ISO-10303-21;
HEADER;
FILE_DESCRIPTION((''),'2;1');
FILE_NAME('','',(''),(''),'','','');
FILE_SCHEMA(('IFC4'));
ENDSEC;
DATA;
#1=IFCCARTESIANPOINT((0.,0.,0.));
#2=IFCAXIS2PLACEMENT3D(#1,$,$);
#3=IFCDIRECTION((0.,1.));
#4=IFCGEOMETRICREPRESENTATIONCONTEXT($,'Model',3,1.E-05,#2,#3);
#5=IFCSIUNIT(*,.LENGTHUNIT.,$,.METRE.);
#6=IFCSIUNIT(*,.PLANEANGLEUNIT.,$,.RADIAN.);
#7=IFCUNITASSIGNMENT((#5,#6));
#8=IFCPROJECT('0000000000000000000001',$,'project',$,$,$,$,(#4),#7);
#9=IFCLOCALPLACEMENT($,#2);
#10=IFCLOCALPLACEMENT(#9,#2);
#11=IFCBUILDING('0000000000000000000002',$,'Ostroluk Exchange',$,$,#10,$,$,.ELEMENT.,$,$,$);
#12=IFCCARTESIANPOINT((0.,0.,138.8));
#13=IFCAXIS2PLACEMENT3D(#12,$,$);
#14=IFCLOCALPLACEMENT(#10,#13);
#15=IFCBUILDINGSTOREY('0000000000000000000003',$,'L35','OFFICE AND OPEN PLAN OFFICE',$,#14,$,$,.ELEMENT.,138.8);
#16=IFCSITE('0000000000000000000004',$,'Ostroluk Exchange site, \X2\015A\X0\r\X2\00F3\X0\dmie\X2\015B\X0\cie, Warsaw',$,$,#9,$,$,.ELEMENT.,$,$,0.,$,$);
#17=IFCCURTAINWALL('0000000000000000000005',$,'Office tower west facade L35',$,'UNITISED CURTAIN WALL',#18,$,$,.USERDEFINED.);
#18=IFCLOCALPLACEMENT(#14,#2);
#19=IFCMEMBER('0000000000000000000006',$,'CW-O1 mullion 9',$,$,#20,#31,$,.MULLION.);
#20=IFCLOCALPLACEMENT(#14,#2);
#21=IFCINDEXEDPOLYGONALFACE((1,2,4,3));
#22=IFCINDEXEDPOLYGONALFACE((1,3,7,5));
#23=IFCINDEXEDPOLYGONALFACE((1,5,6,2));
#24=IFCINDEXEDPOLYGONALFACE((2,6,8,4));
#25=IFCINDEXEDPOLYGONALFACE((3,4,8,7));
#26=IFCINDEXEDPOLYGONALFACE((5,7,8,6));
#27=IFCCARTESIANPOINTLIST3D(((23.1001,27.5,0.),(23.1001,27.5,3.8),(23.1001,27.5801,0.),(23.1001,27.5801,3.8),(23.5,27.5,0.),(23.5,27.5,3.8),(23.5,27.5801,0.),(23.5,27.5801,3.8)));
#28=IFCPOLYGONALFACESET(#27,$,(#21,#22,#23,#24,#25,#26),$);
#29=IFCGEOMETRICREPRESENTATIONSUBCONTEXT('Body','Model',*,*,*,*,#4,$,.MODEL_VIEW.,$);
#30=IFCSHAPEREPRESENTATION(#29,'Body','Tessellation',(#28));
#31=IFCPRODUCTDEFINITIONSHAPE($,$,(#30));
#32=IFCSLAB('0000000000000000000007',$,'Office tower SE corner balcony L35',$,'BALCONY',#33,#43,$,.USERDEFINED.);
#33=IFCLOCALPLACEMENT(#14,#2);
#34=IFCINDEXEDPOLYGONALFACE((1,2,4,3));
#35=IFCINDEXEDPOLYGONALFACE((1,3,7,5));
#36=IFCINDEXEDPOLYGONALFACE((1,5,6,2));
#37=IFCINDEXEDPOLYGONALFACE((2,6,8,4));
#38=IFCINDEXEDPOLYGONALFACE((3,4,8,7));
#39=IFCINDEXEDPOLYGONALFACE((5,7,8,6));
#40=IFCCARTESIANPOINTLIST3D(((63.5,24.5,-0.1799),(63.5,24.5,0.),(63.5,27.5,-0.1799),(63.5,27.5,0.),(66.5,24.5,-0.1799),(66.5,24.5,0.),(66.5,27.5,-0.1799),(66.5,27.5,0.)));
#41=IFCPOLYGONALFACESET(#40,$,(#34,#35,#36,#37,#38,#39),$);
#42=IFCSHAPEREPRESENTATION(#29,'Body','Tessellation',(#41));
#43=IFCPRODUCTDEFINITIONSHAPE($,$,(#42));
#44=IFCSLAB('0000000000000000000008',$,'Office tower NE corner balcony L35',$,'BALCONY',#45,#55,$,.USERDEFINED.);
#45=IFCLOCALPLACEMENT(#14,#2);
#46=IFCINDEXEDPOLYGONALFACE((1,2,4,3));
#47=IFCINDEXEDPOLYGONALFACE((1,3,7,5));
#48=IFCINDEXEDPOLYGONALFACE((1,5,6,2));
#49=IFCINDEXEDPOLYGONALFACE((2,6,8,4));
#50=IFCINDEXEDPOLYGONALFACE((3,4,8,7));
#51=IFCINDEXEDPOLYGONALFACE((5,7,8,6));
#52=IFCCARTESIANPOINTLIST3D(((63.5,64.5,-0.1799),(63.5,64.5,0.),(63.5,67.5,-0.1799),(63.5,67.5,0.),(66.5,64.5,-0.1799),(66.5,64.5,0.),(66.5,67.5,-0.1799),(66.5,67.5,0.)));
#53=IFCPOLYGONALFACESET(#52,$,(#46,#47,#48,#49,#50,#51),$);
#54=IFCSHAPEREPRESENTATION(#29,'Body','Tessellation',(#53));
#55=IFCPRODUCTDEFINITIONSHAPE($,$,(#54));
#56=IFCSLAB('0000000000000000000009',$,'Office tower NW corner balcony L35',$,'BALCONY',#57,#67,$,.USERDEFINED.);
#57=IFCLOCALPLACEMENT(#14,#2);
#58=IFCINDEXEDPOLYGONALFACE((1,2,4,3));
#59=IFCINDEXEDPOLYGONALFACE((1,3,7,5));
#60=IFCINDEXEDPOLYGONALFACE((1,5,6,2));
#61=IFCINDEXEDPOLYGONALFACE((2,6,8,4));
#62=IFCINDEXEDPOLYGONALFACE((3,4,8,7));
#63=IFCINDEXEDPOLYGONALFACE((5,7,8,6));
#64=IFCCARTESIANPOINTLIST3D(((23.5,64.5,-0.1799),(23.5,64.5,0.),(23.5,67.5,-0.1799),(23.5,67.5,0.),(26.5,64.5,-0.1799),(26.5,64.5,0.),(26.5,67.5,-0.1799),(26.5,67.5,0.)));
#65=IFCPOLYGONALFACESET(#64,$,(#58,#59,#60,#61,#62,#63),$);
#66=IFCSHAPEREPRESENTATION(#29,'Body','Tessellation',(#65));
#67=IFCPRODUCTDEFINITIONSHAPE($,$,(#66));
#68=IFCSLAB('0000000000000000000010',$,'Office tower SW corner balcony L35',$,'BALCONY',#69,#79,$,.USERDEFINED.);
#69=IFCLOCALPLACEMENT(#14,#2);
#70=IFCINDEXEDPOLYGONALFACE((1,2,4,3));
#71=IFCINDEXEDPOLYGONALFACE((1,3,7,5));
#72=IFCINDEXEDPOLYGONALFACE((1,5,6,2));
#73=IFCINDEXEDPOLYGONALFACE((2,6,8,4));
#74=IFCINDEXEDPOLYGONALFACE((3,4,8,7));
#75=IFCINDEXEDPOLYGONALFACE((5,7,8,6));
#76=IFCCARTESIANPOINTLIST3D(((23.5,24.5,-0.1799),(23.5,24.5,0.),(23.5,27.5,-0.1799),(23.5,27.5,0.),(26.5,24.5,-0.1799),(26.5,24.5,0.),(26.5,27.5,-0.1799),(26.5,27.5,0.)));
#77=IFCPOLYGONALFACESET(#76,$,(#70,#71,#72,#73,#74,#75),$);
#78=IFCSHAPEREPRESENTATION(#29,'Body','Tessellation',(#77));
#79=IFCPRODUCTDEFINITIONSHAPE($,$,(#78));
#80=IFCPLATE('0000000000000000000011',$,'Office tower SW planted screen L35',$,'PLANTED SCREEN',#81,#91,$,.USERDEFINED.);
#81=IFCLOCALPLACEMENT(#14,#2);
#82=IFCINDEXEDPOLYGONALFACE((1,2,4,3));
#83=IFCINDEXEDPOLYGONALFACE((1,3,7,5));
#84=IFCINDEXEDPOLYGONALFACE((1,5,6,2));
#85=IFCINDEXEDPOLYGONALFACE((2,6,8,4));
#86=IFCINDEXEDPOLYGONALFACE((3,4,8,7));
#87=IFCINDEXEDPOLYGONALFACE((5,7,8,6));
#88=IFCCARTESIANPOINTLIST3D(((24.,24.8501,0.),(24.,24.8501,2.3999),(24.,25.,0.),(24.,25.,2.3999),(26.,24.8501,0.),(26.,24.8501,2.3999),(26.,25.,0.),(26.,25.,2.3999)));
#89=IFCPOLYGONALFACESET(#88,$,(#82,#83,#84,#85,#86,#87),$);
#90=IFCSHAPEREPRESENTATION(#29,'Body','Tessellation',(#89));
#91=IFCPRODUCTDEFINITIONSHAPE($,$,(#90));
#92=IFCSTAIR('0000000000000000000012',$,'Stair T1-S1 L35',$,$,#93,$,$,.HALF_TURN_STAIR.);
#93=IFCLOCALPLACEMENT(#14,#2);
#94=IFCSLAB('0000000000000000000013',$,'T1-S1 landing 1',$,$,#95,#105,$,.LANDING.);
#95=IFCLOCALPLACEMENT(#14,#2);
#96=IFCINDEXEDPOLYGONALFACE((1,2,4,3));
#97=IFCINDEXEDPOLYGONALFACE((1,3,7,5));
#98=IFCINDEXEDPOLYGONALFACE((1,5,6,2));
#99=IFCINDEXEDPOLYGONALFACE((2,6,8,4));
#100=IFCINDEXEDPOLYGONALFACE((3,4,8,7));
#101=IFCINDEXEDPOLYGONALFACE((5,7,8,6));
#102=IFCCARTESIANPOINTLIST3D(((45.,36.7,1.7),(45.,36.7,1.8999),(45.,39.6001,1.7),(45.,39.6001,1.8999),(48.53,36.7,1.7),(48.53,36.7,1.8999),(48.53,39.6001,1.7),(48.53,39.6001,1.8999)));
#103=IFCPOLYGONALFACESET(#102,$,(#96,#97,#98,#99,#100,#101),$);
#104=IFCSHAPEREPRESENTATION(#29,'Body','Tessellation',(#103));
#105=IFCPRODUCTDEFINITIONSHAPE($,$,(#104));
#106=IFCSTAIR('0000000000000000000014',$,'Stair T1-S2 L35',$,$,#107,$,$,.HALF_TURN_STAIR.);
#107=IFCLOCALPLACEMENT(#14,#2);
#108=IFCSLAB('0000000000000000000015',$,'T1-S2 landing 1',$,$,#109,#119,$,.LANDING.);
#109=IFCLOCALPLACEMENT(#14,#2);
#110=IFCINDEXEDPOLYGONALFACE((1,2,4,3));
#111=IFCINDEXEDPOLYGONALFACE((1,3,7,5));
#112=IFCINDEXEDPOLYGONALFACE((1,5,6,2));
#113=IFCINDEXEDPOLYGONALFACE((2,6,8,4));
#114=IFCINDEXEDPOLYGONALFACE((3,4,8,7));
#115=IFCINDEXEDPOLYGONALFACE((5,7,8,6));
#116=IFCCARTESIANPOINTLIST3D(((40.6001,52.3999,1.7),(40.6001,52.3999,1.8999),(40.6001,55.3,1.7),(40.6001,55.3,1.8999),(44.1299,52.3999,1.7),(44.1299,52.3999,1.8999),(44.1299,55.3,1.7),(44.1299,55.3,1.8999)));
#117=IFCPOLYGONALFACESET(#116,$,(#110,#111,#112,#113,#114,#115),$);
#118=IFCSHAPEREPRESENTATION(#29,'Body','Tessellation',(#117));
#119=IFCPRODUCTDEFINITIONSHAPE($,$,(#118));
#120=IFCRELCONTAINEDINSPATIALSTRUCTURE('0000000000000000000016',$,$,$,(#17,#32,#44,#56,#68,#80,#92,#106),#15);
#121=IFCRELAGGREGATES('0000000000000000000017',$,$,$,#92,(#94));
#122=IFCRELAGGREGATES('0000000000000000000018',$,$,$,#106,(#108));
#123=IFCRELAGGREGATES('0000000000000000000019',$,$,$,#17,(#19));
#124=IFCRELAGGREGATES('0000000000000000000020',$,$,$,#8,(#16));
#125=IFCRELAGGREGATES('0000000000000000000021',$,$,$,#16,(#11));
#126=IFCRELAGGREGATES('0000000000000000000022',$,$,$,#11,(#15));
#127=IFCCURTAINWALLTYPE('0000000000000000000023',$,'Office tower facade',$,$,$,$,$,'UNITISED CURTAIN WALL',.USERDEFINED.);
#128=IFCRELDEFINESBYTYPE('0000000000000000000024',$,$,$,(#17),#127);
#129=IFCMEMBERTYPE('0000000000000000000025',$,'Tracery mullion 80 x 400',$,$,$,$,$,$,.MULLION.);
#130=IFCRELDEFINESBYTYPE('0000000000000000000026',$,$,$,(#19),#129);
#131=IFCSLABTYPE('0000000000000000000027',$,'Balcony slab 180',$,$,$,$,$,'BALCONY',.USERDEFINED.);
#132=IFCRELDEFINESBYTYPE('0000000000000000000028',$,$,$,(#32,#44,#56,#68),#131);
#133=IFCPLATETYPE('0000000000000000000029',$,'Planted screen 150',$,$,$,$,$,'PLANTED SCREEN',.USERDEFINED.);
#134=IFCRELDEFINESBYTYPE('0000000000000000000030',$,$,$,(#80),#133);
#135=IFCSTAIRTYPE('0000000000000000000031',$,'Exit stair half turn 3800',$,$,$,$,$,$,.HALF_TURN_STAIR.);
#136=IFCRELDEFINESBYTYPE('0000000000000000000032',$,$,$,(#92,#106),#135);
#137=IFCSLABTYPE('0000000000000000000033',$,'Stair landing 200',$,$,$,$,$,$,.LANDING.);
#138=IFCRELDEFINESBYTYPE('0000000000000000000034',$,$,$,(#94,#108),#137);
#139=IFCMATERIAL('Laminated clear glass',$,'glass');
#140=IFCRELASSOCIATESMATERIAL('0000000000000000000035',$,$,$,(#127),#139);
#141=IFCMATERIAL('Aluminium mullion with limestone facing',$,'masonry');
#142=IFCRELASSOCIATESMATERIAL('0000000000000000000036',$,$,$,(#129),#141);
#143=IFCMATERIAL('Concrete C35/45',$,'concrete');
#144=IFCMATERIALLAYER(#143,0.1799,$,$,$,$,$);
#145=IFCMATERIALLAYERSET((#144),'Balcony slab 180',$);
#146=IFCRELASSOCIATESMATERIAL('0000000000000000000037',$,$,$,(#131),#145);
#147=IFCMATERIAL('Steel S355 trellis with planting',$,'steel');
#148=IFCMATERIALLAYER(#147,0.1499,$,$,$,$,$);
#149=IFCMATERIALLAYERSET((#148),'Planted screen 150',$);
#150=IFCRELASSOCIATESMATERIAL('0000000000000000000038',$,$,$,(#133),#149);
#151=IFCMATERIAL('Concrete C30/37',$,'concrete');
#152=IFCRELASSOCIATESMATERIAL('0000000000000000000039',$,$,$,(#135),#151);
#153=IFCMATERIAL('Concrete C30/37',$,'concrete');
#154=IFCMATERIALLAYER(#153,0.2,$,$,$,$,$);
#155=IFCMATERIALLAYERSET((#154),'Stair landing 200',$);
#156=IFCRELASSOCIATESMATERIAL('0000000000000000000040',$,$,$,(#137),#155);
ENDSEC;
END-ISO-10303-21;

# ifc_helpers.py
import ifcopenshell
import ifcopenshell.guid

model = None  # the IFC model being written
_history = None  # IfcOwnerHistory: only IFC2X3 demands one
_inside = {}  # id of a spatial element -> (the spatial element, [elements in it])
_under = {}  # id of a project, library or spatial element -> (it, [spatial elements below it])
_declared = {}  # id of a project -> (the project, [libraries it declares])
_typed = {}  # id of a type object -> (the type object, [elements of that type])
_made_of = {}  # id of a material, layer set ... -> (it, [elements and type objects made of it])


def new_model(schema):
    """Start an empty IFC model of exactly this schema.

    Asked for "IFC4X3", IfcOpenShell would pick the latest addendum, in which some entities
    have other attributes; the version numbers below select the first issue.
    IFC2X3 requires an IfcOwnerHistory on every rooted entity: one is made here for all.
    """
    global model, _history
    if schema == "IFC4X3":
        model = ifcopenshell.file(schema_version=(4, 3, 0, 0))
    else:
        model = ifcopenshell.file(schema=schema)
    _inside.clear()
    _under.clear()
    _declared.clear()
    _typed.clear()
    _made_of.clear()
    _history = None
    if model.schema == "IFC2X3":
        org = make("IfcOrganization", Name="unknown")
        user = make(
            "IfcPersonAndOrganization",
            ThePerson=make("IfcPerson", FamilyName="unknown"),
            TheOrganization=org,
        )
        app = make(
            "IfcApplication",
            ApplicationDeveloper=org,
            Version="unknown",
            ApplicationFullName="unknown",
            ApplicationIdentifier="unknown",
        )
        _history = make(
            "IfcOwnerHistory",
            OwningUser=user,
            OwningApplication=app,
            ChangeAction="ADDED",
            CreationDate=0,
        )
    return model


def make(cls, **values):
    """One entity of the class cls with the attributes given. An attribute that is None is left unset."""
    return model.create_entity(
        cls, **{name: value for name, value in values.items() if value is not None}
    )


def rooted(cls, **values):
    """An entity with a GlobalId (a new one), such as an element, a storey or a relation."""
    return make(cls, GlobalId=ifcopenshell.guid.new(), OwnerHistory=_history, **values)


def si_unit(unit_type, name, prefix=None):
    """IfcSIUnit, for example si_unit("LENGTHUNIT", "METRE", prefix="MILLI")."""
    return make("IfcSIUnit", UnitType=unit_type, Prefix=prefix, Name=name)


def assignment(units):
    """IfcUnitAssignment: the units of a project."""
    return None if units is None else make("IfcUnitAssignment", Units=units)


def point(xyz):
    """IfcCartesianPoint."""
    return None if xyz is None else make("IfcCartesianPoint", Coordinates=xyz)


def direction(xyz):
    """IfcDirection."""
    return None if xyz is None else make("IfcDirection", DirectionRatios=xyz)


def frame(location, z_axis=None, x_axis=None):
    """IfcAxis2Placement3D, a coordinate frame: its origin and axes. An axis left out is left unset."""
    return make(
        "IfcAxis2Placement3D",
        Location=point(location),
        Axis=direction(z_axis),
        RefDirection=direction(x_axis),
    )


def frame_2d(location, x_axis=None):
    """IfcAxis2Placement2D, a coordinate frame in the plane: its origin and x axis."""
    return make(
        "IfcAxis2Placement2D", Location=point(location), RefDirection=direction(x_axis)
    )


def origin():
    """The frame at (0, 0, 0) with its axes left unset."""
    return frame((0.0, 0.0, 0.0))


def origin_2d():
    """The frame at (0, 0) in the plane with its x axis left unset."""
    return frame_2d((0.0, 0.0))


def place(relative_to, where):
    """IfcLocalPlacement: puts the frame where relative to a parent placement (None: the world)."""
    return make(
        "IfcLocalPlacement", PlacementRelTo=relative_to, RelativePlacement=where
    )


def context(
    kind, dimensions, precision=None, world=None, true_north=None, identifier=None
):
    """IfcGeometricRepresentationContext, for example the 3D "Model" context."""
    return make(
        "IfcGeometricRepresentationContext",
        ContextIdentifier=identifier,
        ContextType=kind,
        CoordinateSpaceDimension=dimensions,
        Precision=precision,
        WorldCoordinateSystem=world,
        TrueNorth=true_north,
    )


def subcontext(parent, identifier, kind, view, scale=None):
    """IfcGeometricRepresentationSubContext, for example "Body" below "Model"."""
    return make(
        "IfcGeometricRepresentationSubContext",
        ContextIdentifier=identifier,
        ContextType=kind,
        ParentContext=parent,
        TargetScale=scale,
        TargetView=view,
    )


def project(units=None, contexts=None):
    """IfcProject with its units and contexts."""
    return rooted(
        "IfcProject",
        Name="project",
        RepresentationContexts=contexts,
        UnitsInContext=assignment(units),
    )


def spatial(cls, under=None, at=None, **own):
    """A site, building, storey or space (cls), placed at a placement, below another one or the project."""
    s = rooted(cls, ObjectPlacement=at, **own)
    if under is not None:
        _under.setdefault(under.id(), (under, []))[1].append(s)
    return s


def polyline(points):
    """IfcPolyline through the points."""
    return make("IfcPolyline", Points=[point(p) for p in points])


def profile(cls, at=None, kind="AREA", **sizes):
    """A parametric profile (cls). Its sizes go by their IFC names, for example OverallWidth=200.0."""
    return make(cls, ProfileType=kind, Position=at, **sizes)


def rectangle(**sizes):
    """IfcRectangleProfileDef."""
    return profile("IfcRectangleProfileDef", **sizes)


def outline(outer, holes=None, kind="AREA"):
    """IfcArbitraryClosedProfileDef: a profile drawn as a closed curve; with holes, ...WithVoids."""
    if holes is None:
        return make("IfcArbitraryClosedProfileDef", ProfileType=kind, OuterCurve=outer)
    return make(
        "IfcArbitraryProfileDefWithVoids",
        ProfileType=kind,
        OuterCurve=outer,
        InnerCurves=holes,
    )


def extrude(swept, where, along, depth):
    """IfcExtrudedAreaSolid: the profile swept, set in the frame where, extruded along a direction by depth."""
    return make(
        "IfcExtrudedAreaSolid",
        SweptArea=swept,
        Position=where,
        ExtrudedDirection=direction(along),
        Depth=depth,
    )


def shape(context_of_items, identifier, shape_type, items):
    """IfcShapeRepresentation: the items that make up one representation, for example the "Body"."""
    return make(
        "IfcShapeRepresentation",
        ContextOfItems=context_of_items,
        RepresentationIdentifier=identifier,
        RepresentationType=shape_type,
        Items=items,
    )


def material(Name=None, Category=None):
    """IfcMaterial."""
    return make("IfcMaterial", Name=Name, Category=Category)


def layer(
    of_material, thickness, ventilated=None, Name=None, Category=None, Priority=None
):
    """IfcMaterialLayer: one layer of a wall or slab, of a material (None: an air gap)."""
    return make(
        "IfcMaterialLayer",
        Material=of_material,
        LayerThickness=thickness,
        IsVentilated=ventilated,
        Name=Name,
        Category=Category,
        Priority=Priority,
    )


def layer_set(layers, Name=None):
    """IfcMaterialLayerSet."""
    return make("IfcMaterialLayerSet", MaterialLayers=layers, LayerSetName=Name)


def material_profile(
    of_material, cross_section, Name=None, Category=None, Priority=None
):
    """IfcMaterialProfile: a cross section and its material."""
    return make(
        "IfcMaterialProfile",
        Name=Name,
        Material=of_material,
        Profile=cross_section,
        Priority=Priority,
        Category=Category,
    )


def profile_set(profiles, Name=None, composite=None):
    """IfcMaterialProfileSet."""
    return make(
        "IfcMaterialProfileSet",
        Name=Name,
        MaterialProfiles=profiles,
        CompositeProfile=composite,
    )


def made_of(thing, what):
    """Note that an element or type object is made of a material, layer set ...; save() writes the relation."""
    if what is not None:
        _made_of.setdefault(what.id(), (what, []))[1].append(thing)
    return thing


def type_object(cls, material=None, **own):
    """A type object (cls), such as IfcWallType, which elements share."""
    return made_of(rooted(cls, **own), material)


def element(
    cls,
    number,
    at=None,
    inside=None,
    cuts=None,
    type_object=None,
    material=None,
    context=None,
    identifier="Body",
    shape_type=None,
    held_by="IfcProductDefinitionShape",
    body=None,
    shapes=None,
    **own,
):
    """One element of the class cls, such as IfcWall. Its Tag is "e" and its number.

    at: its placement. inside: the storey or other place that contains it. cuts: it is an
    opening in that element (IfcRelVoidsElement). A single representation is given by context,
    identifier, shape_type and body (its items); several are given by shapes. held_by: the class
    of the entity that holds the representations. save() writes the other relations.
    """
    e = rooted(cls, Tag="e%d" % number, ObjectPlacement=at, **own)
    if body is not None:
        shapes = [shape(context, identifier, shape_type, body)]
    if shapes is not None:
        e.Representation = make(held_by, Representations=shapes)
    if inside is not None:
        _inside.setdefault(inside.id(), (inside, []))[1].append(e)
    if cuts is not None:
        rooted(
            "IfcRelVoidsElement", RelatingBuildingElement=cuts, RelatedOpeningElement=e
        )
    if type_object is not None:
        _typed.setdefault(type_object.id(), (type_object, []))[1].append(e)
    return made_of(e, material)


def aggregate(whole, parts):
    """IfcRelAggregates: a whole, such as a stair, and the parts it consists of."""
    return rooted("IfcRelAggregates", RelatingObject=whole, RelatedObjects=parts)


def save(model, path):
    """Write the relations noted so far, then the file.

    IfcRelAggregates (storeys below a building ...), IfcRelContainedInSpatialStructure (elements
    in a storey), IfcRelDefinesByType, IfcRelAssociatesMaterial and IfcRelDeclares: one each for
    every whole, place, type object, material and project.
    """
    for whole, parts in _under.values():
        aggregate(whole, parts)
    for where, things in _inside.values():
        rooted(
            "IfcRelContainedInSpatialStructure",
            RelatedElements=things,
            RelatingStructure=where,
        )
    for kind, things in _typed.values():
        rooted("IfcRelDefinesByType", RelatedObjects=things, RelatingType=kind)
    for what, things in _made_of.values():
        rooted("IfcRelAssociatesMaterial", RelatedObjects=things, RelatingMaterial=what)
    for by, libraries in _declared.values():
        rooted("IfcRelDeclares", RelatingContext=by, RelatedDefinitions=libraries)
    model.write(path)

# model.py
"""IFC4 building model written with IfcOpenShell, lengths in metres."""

from ifc_helpers import new_model, si_unit, direction, frame, origin, origin_2d, place, context, subcontext, project, spatial, polyline, rectangle, outline, extrude, material, layer, layer_set, material_profile, profile_set, type_object, element, aggregate, save


model = new_model("IFC4")

# Units and contexts
model_context = context("Model", 3, precision=1e-05, world=origin(), true_north=direction((0.0, 1.0)))
body_context = subcontext(model_context, "Body", "Model", "MODEL_VIEW")
ifc_project = project(units=[si_unit("LENGTHUNIT", "METRE"), si_unit("PLANEANGLEUNIT", "RADIAN")], contexts=[model_context])

# Site, building, storey
site_placement = place(None, origin())
site = spatial("IfcSite", under=ifc_project, at=site_placement, Name="Ostroluk Exchange site, Śródmieście, Warsaw", CompositionType="ELEMENT", RefElevation=0.0)
building_placement = place(site_placement, origin())
building = spatial("IfcBuilding", under=site, at=building_placement, Name="Ostroluk Exchange", CompositionType="ELEMENT")
storey_placement = place(building_placement, frame((0.0, 0.0, 138.8)))
storey = spatial("IfcBuildingStorey", under=building, at=storey_placement, Name="L35", Description="OFFICE AND OPEN PLAN OFFICE", CompositionType="ELEMENT", Elevation=138.8)

# Curtain wall
ifc_material_1 = material(Name="Laminated clear glass", Category="glass")
curtain_wall_type = type_object("IfcCurtainWallType", Name="Office tower facade", ElementType="UNITISED CURTAIN WALL", PredefinedType="USERDEFINED", material=ifc_material_1)
curtain_wall_1_placement = place(storey_placement, origin())
curtain_wall_1 = element("IfcCurtainWall", 1, at=curtain_wall_1_placement, inside=storey, type_object=curtain_wall_type, Name="Office tower west facade L35", ObjectType="UNITISED CURTAIN WALL", PredefinedType="USERDEFINED")

# Member
ifc_material_2 = material(Name="Aluminium mullion with limestone facing", Category="masonry")
ifc_material_profile_1 = material_profile(ifc_material_2, rectangle(XDim=0.3999, YDim=0.0801, at=origin_2d()), Name="Tracery mullion 80 x 400")
ifc_profile_set_1 = profile_set([ifc_material_profile_1], Name="Aluminium mullion with limestone facing")
member_type_1 = type_object("IfcMemberType", Name="Tracery mullion 80 x 400", PredefinedType="MULLION", material=ifc_profile_set_1)
member_1_placement = place(storey_placement, frame((23.3, 27.54, 0.0), z_axis=(0.0, 0.0, 1.0), x_axis=(1.0, 0.0, 0.0)))
member_1 = element("IfcMember", 2, at=member_1_placement, type_object=member_type_1, Name="CW-O1 mullion 9", PredefinedType="MULLION", context=body_context, shape_type="SweptSolid", body=[
    extrude(rectangle(XDim=0.3999, YDim=0.0801, at=origin_2d()), origin(), (0.0, 0.0, 1.0), 3.8),
])

# Slabs
ifc_material_3 = material(Name="Concrete C35/45", Category="concrete")
ifc_layer_1 = layer(ifc_material_3, 0.1799)
ifc_layer_set_1 = layer_set([ifc_layer_1], Name="Balcony slab 180")
slab_type_1 = type_object("IfcSlabType", Name="Balcony slab 180", ElementType="BALCONY", PredefinedType="USERDEFINED", material=ifc_layer_set_1)
slab_1_placement = place(storey_placement, frame((0.0, 0.0, -0.1799)))
element("IfcSlab", 3, at=slab_1_placement, inside=storey, type_object=slab_type_1, Name="Office tower SE corner balcony L35", ObjectType="BALCONY", PredefinedType="USERDEFINED", context=body_context, shape_type="SweptSolid", body=[
    extrude(outline(polyline([(63.5, 24.5), (66.5, 24.5), (66.5, 27.5), (63.5, 27.5), (63.5, 24.5)])), origin(), (0.0, 0.0, 1.0), 0.1799),
])
slab_2_placement = place(storey_placement, frame((0.0, 0.0, -0.1799)))
element("IfcSlab", 4, at=slab_2_placement, inside=storey, type_object=slab_type_1, Name="Office tower NE corner balcony L35", ObjectType="BALCONY", PredefinedType="USERDEFINED", context=body_context, shape_type="SweptSolid", body=[
    extrude(outline(polyline([(63.5, 64.5), (66.5, 64.5), (66.5, 67.5), (63.5, 67.5), (63.5, 64.5)])), origin(), (0.0, 0.0, 1.0), 0.1799),
])
slab_3_placement = place(storey_placement, frame((0.0, 0.0, -0.1799)))
element("IfcSlab", 5, at=slab_3_placement, inside=storey, type_object=slab_type_1, Name="Office tower NW corner balcony L35", ObjectType="BALCONY", PredefinedType="USERDEFINED", context=body_context, shape_type="SweptSolid", body=[
    extrude(outline(polyline([(23.5, 64.5), (26.5, 64.5), (26.5, 67.5), (23.5, 67.5), (23.5, 64.5)])), origin(), (0.0, 0.0, 1.0), 0.1799),
])
slab_4_placement = place(storey_placement, frame((0.0, 0.0, -0.1799)))
element("IfcSlab", 6, at=slab_4_placement, inside=storey, type_object=slab_type_1, Name="Office tower SW corner balcony L35", ObjectType="BALCONY", PredefinedType="USERDEFINED", context=body_context, shape_type="SweptSolid", body=[
    extrude(outline(polyline([(23.5, 24.5), (26.5, 24.5), (26.5, 27.5), (23.5, 27.5), (23.5, 24.5)])), origin(), (0.0, 0.0, 1.0), 0.1799),
])

# Plate
ifc_material_4 = material(Name="Steel S355 trellis with planting", Category="steel")
ifc_layer_2 = layer(ifc_material_4, 0.1499)
ifc_layer_set_2 = layer_set([ifc_layer_2], Name="Planted screen 150")
plate_type_1 = type_object("IfcPlateType", Name="Planted screen 150", ElementType="PLANTED SCREEN", PredefinedType="USERDEFINED", material=ifc_layer_set_2)
plate_1_placement = place(storey_placement, frame((25.0, 24.925, 0.0), z_axis=(0.0, 0.0, 1.0), x_axis=(1.0, 0.0, 0.0)))
element("IfcPlate", 7, at=plate_1_placement, inside=storey, type_object=plate_type_1, Name="Office tower SW planted screen L35", ObjectType="PLANTED SCREEN", PredefinedType="USERDEFINED", context=body_context, shape_type="SweptSolid", body=[
    extrude(rectangle(XDim=2.0, YDim=0.1499, at=origin_2d()), origin(), (0.0, 0.0, 1.0), 2.3999),
])

# Stairs, slabs
ifc_material_5 = material(Name="Concrete C30/37", Category="concrete")
stair_type = type_object("IfcStairType", Name="Exit stair half turn 3800", PredefinedType="HALF_TURN_STAIR", material=ifc_material_5)
stair_1_placement = place(storey_placement, origin())
stair_1 = element("IfcStair", 8, at=stair_1_placement, inside=storey, type_object=stair_type, Name="Stair T1-S1 L35", PredefinedType="HALF_TURN_STAIR")
ifc_material_6 = material(Name="Concrete C30/37", Category="concrete")
ifc_layer_3 = layer(ifc_material_6, 0.2)
ifc_layer_set_3 = layer_set([ifc_layer_3], Name="Stair landing 200")
slab_type_2 = type_object("IfcSlabType", Name="Stair landing 200", PredefinedType="LANDING", material=ifc_layer_set_3)
slab_5_placement = place(storey_placement, frame((0.0, 0.0, 1.7)))
slab_5 = element("IfcSlab", 9, at=slab_5_placement, type_object=slab_type_2, Name="T1-S1 landing 1", PredefinedType="LANDING", context=body_context, shape_type="SweptSolid", body=[
    extrude(outline(polyline([(45.0, 36.7), (45.0, 39.6001), (48.53, 39.6001), (48.53, 36.7), (45.0, 36.7)])), origin(), (0.0, 0.0, 1.0), 0.2),
])
aggregate(stair_1, [slab_5])
stair_2_placement = place(storey_placement, origin())
stair_2 = element("IfcStair", 10, at=stair_2_placement, inside=storey, type_object=stair_type, Name="Stair T1-S2 L35", PredefinedType="HALF_TURN_STAIR")
slab_6_placement = place(storey_placement, frame((0.0, 0.0, 1.7)))
slab_6 = element("IfcSlab", 11, at=slab_6_placement, type_object=slab_type_2, Name="T1-S2 landing 1", PredefinedType="LANDING", context=body_context, shape_type="SweptSolid", body=[
    extrude(outline(polyline([(44.1299, 52.3999), (44.1299, 55.3), (40.6001, 55.3), (40.6001, 52.3999), (44.1299, 52.3999)])), origin(), (0.0, 0.0, 1.0), 0.2),
])
aggregate(stair_2, [slab_6])

aggregate(curtain_wall_1, [member_1])

save(model, "model.ifc")
